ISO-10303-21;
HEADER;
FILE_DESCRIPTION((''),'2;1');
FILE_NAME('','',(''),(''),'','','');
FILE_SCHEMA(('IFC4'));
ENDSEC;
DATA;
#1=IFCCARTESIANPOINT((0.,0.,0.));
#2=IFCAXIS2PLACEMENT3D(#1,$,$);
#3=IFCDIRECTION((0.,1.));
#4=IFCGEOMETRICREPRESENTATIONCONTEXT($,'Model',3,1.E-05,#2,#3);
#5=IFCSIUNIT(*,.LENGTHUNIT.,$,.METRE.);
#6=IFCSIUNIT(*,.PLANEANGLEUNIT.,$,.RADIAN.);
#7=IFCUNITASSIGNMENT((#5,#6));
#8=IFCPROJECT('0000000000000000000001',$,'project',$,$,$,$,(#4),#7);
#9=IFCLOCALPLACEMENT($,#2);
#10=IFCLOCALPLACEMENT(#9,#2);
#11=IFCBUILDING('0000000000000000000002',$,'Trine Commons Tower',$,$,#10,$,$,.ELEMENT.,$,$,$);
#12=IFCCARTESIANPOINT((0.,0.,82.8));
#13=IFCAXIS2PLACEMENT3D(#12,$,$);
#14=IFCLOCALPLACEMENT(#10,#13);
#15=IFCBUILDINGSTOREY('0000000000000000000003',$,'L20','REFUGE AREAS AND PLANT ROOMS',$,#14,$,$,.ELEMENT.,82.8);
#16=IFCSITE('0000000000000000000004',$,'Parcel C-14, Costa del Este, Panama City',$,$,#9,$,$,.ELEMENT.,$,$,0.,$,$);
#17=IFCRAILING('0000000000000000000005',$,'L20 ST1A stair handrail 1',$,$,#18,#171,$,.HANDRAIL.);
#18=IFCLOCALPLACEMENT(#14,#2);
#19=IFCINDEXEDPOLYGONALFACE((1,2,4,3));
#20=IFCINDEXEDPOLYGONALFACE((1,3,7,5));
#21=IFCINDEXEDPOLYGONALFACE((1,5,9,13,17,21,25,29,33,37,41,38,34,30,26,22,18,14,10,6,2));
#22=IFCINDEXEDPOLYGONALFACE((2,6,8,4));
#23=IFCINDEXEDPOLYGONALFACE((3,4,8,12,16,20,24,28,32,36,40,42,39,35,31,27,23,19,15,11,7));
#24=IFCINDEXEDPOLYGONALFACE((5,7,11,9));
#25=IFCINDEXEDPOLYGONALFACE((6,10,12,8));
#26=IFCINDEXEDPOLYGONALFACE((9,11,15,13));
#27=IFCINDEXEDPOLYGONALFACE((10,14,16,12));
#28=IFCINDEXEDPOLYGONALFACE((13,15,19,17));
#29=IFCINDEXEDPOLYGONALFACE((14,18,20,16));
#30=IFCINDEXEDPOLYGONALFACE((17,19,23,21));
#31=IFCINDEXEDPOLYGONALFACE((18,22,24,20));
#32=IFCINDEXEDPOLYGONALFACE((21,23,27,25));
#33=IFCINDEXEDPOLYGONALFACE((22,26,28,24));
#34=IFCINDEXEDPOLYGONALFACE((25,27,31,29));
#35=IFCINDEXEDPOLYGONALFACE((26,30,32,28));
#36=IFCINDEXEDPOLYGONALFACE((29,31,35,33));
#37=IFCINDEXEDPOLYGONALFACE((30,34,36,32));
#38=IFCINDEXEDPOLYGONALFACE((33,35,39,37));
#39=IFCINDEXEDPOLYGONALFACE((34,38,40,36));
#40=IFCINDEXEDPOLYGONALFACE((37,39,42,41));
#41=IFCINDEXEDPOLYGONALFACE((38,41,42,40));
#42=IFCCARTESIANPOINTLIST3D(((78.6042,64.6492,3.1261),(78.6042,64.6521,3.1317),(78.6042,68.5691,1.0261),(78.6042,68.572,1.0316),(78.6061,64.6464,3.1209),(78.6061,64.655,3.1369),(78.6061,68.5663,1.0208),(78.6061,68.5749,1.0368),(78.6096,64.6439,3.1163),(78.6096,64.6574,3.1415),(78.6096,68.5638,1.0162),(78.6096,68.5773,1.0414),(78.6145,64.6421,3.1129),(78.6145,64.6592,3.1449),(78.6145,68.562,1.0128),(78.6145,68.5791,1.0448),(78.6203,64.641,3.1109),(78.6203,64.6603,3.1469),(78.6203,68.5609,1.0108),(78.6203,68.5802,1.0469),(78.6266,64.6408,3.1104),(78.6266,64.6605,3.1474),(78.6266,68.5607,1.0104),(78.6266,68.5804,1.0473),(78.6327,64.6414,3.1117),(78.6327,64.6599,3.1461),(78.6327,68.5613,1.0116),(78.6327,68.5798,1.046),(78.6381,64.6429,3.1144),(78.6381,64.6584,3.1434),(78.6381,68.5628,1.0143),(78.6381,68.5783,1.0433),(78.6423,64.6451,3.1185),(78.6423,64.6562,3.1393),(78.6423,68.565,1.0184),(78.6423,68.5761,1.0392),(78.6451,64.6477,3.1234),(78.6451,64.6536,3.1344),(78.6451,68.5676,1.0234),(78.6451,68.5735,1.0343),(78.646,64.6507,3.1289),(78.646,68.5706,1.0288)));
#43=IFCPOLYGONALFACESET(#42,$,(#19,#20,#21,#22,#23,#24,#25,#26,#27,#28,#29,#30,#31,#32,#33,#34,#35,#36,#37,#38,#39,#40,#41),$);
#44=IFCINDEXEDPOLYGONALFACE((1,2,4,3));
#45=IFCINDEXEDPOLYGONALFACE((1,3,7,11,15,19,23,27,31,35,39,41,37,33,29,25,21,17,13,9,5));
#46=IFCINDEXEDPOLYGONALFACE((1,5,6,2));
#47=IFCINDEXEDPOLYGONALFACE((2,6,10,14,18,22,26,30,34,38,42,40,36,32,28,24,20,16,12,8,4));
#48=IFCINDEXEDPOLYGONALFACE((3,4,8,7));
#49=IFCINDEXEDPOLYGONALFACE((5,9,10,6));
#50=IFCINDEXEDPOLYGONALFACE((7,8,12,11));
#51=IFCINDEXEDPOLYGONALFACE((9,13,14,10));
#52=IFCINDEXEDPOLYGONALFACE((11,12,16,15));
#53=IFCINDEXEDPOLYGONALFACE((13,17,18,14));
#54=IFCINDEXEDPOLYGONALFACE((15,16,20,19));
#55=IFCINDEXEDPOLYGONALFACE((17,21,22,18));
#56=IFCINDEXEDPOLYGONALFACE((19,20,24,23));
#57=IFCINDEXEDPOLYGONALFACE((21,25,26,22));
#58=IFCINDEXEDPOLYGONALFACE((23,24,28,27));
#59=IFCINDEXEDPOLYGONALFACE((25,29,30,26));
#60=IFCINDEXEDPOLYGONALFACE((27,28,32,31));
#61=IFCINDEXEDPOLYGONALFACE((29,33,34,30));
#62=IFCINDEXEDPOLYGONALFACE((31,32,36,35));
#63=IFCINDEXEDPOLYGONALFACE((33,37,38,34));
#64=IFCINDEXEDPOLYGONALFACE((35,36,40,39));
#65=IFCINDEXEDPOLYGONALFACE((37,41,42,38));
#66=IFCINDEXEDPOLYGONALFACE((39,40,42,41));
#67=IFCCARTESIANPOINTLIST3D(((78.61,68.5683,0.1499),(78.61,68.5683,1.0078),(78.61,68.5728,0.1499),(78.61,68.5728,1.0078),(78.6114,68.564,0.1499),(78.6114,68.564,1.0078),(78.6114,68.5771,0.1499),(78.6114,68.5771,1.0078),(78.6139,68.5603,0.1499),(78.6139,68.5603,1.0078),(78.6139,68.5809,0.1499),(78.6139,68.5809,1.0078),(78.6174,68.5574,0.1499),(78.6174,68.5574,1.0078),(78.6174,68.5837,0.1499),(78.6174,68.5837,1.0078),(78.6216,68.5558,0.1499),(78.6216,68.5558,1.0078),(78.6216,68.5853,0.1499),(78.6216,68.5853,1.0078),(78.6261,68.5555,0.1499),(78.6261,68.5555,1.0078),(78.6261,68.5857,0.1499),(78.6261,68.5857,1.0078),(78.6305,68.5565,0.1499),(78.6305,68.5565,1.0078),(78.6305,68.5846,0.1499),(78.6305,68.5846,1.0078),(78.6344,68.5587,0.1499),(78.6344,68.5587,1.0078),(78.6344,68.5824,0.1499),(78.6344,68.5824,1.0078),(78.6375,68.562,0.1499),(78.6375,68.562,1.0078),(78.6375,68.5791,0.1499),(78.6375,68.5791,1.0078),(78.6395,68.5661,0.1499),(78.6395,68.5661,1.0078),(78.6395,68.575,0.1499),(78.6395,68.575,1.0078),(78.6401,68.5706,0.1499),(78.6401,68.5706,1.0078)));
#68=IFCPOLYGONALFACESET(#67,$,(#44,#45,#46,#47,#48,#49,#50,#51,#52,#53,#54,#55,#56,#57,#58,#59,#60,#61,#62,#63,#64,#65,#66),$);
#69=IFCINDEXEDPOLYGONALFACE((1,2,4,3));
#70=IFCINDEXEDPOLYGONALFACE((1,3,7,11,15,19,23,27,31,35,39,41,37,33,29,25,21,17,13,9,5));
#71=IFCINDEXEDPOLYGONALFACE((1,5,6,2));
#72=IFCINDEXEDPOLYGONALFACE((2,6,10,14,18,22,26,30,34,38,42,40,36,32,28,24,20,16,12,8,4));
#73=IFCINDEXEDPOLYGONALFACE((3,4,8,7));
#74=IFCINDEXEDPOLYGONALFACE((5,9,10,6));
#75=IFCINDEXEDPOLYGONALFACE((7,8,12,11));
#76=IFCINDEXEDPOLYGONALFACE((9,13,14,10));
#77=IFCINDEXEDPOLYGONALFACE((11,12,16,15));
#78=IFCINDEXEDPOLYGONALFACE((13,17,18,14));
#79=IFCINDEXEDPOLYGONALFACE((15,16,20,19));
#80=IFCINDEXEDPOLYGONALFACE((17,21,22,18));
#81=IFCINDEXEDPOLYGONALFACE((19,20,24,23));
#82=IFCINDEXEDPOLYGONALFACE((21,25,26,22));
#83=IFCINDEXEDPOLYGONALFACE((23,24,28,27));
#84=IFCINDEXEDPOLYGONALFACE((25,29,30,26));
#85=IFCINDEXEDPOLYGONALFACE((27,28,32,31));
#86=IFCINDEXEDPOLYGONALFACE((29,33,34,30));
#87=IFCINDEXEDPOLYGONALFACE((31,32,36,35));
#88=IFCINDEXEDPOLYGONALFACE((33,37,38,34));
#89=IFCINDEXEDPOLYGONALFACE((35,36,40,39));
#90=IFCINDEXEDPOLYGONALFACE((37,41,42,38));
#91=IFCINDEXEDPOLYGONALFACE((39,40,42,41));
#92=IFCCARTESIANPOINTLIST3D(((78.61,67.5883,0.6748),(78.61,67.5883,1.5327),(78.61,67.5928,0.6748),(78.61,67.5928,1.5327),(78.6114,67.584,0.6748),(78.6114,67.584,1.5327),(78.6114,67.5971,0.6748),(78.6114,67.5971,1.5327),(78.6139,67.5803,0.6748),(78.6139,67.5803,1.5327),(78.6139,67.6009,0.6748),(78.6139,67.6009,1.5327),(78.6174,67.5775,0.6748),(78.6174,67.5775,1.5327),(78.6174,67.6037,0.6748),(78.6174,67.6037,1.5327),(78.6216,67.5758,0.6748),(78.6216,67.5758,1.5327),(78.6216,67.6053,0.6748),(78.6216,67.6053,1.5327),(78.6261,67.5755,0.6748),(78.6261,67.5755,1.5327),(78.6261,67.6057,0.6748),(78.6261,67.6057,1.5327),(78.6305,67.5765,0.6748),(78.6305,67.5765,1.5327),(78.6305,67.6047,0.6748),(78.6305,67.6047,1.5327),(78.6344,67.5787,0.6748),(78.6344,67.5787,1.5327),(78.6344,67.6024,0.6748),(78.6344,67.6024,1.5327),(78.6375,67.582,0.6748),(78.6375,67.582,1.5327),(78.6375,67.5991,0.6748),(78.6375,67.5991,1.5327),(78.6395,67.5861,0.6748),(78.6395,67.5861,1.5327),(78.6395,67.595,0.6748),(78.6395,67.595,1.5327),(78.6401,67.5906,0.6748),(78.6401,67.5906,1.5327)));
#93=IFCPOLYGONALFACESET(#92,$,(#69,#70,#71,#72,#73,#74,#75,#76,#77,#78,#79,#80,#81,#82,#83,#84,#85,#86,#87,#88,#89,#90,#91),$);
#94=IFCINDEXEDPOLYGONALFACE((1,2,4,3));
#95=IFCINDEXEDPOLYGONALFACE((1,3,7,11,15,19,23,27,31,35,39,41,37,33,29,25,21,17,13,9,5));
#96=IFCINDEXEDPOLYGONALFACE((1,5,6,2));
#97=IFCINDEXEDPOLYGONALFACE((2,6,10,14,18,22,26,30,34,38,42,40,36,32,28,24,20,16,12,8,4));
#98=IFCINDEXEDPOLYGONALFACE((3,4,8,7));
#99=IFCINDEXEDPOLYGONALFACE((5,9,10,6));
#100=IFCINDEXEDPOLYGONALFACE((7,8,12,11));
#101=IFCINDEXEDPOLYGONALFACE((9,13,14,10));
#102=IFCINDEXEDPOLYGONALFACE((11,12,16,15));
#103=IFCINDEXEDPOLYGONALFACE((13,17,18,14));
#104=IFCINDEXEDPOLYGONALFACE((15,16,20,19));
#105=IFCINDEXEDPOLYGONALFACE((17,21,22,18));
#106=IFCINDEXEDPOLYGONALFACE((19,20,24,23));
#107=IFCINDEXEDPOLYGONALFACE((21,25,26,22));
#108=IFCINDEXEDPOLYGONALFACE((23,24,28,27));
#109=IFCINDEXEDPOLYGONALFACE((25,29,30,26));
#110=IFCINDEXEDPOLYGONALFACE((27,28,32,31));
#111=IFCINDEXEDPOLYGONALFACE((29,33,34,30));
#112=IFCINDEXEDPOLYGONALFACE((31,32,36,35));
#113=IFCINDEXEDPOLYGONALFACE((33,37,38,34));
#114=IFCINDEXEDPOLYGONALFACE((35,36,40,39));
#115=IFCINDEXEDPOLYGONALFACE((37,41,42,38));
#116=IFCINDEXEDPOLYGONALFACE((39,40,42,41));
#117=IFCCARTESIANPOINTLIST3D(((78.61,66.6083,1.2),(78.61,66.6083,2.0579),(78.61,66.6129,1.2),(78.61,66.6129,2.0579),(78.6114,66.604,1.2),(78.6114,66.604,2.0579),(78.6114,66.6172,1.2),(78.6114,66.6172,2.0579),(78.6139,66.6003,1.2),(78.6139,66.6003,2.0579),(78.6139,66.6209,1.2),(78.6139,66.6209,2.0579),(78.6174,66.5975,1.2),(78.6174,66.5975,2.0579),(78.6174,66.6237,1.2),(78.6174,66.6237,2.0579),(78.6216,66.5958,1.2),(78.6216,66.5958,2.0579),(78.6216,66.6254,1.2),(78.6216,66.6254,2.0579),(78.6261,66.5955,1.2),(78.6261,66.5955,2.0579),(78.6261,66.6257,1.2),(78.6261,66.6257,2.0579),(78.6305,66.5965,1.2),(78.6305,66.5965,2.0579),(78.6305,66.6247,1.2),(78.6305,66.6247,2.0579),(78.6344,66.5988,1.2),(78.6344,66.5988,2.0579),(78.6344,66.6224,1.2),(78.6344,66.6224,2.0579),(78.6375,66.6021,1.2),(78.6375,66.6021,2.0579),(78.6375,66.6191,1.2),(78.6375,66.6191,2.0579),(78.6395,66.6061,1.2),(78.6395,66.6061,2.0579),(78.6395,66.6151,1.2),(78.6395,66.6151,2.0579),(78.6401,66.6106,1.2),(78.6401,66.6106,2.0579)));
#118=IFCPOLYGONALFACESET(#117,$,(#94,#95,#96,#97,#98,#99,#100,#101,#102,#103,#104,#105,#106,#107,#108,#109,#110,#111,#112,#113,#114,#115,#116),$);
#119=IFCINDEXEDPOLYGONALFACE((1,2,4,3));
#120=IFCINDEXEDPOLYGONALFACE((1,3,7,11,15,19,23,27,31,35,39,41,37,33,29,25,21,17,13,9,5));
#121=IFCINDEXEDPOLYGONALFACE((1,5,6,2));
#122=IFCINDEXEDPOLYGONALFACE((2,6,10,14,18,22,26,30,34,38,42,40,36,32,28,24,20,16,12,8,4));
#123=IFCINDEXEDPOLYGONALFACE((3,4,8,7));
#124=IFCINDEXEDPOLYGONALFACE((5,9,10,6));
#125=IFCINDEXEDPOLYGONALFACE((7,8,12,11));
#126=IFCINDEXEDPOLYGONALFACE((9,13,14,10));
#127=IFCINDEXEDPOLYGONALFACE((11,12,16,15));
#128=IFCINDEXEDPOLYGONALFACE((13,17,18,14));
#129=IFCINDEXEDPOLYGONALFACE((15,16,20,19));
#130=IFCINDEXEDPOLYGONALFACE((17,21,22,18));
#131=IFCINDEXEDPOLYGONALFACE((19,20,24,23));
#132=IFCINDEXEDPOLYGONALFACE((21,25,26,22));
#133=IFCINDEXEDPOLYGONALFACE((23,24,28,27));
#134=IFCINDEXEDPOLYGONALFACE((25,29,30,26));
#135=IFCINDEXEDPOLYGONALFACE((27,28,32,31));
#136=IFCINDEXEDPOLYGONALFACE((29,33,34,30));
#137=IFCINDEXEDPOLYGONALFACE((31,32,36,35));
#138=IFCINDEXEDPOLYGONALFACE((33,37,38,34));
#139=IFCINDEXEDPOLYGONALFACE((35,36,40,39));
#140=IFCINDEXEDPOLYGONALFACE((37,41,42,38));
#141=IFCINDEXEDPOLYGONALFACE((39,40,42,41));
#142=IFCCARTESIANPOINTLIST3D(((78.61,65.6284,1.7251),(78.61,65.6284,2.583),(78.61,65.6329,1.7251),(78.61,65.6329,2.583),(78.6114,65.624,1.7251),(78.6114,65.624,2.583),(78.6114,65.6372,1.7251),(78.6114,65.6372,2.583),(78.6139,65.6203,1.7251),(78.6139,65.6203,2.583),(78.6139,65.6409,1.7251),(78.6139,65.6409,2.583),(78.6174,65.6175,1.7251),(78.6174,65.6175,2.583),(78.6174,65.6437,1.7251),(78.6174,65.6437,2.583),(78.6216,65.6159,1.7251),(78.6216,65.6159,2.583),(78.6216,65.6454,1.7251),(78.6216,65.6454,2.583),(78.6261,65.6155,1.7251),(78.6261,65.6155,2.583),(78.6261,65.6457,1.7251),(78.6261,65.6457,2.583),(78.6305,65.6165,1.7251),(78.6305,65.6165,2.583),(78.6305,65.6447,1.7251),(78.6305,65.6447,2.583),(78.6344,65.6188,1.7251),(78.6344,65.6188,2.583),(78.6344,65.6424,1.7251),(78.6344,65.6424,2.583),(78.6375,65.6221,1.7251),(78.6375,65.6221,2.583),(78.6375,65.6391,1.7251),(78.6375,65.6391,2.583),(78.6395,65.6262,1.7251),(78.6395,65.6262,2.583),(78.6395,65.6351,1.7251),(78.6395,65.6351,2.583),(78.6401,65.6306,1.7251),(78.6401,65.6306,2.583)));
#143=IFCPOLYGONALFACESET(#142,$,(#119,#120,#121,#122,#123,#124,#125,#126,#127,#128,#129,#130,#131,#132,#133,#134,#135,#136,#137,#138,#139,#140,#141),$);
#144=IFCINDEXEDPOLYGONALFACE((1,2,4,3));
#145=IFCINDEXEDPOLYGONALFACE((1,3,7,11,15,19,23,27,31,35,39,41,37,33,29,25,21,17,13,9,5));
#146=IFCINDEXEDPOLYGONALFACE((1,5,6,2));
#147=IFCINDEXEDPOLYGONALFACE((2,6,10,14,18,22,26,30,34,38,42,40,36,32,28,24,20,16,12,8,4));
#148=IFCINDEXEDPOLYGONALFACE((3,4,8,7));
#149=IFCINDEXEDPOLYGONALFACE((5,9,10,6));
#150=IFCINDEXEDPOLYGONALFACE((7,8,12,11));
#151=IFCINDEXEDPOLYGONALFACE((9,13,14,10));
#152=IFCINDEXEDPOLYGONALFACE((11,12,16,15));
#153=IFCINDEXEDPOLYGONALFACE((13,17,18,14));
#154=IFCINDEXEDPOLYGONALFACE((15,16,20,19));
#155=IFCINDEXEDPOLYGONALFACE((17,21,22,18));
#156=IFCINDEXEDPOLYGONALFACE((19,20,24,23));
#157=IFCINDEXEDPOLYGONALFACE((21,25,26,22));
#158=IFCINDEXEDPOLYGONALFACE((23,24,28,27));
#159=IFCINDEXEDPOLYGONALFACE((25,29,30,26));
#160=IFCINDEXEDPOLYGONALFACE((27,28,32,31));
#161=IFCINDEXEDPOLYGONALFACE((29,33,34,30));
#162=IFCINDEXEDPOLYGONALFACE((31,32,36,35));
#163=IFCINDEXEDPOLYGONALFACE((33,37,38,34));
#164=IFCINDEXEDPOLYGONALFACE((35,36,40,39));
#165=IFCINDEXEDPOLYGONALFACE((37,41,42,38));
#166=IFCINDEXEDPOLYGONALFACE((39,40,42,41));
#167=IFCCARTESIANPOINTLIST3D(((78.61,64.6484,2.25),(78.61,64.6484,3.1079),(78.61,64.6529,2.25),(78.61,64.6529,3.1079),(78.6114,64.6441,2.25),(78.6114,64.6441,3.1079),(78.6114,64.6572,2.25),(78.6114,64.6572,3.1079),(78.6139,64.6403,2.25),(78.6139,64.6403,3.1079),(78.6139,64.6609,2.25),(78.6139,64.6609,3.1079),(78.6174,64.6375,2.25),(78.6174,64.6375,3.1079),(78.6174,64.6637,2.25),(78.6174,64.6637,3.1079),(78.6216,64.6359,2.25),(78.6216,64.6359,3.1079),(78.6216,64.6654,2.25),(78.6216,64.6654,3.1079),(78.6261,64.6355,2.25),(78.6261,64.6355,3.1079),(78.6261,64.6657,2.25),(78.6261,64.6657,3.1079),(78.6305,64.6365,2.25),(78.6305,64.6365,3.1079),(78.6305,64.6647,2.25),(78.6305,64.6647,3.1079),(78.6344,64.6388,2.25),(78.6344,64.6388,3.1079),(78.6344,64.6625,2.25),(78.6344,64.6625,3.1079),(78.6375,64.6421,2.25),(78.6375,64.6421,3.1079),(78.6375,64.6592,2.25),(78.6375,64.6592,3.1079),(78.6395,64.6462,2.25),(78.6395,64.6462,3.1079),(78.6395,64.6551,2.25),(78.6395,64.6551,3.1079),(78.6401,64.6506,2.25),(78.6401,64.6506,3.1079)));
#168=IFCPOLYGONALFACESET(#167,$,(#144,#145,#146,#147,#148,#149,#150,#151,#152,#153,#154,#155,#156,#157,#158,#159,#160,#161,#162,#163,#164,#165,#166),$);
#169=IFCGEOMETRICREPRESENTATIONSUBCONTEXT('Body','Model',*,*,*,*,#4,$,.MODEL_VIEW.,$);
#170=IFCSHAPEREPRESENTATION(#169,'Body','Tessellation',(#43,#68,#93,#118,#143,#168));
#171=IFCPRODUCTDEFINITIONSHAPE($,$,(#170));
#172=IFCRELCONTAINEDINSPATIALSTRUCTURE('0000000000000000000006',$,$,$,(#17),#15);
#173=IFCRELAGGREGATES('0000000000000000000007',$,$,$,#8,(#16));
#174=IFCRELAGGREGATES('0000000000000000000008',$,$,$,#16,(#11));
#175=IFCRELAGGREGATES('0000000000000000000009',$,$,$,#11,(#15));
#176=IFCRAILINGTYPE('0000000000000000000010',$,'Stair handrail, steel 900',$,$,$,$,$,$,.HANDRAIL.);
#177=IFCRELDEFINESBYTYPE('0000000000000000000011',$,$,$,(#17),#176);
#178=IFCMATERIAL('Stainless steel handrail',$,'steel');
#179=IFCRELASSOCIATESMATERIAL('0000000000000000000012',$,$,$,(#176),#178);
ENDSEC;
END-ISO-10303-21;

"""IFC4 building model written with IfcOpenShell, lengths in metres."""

from ifc_helpers import new_model, si_unit, direction, frame, origin, origin_2d, place, context, subcontext, project, spatial, circle, extrude, material, type_object, element, save


model = new_model("IFC4")

# Units and contexts
model_context = context("Model", 3, precision=1e-05, world=origin(), true_north=direction((0.0, 1.0)))
body_context = subcontext(model_context, "Body", "Model", "MODEL_VIEW")
ifc_project = project(units=[si_unit("LENGTHUNIT", "METRE"), si_unit("PLANEANGLEUNIT", "RADIAN")], contexts=[model_context])

# Site, building, storey
site_placement = place(None, origin())
site = spatial("IfcSite", under=ifc_project, at=site_placement, Name="Parcel C-14, Costa del Este, Panama City", CompositionType="ELEMENT", RefElevation=0.0)
building_placement = place(site_placement, origin())
building = spatial("IfcBuilding", under=site, at=building_placement, Name="Trine Commons Tower", CompositionType="ELEMENT")
storey_placement = place(building_placement, frame((0.0, 0.0, 82.8)))
storey = spatial("IfcBuildingStorey", under=building, at=storey_placement, Name="L20", Description="REFUGE AREAS AND PLANT ROOMS", CompositionType="ELEMENT", Elevation=82.8)

# Railing
ifc_material_1 = material(Name="Stainless steel handrail", Category="steel")
railing_type_1 = type_object("IfcRailingType", Name="Stair handrail, steel 900", PredefinedType="HANDRAIL", material=ifc_material_1)
railing_1_placement = place(storey_placement, frame((78.625, 68.5706, 0.1499)))
element("IfcRailing", 1, at=railing_1_placement, inside=storey, type_object=railing_type_1, Name="L20 ST1A stair handrail 1", PredefinedType="HANDRAIL", context=body_context, shape_type="SweptSolid", body=[
    extrude(circle(Radius=0.021, at=origin_2d()), frame((0.0, 0.0, 0.8789), z_axis=(0.0, -0.881467, 0.472246), x_axis=(1.0, 0.0, 0.0)), (0.0, 0.0, 1.0), 4.447),
    extrude(circle(Radius=0.0151, at=origin_2d()), origin(), (0.0, 0.0, 1.0), 0.8579),
    extrude(circle(Radius=0.0151, at=origin_2d()), frame((0.0, -0.98, 0.5249)), (0.0, 0.0, 1.0), 0.8579),
    extrude(circle(Radius=0.0151, at=origin_2d()), frame((0.0, -1.96, 1.05)), (0.0, 0.0, 1.0), 0.8579),
    extrude(circle(Radius=0.0151, at=origin_2d()), frame((0.0, -2.9399, 1.5752)), (0.0, 0.0, 1.0), 0.8579),
    extrude(circle(Radius=0.0151, at=origin_2d()), frame((0.0, -3.9199, 2.1001)), (0.0, 0.0, 1.0), 0.8579),
])

save(model, "model.ifc")
